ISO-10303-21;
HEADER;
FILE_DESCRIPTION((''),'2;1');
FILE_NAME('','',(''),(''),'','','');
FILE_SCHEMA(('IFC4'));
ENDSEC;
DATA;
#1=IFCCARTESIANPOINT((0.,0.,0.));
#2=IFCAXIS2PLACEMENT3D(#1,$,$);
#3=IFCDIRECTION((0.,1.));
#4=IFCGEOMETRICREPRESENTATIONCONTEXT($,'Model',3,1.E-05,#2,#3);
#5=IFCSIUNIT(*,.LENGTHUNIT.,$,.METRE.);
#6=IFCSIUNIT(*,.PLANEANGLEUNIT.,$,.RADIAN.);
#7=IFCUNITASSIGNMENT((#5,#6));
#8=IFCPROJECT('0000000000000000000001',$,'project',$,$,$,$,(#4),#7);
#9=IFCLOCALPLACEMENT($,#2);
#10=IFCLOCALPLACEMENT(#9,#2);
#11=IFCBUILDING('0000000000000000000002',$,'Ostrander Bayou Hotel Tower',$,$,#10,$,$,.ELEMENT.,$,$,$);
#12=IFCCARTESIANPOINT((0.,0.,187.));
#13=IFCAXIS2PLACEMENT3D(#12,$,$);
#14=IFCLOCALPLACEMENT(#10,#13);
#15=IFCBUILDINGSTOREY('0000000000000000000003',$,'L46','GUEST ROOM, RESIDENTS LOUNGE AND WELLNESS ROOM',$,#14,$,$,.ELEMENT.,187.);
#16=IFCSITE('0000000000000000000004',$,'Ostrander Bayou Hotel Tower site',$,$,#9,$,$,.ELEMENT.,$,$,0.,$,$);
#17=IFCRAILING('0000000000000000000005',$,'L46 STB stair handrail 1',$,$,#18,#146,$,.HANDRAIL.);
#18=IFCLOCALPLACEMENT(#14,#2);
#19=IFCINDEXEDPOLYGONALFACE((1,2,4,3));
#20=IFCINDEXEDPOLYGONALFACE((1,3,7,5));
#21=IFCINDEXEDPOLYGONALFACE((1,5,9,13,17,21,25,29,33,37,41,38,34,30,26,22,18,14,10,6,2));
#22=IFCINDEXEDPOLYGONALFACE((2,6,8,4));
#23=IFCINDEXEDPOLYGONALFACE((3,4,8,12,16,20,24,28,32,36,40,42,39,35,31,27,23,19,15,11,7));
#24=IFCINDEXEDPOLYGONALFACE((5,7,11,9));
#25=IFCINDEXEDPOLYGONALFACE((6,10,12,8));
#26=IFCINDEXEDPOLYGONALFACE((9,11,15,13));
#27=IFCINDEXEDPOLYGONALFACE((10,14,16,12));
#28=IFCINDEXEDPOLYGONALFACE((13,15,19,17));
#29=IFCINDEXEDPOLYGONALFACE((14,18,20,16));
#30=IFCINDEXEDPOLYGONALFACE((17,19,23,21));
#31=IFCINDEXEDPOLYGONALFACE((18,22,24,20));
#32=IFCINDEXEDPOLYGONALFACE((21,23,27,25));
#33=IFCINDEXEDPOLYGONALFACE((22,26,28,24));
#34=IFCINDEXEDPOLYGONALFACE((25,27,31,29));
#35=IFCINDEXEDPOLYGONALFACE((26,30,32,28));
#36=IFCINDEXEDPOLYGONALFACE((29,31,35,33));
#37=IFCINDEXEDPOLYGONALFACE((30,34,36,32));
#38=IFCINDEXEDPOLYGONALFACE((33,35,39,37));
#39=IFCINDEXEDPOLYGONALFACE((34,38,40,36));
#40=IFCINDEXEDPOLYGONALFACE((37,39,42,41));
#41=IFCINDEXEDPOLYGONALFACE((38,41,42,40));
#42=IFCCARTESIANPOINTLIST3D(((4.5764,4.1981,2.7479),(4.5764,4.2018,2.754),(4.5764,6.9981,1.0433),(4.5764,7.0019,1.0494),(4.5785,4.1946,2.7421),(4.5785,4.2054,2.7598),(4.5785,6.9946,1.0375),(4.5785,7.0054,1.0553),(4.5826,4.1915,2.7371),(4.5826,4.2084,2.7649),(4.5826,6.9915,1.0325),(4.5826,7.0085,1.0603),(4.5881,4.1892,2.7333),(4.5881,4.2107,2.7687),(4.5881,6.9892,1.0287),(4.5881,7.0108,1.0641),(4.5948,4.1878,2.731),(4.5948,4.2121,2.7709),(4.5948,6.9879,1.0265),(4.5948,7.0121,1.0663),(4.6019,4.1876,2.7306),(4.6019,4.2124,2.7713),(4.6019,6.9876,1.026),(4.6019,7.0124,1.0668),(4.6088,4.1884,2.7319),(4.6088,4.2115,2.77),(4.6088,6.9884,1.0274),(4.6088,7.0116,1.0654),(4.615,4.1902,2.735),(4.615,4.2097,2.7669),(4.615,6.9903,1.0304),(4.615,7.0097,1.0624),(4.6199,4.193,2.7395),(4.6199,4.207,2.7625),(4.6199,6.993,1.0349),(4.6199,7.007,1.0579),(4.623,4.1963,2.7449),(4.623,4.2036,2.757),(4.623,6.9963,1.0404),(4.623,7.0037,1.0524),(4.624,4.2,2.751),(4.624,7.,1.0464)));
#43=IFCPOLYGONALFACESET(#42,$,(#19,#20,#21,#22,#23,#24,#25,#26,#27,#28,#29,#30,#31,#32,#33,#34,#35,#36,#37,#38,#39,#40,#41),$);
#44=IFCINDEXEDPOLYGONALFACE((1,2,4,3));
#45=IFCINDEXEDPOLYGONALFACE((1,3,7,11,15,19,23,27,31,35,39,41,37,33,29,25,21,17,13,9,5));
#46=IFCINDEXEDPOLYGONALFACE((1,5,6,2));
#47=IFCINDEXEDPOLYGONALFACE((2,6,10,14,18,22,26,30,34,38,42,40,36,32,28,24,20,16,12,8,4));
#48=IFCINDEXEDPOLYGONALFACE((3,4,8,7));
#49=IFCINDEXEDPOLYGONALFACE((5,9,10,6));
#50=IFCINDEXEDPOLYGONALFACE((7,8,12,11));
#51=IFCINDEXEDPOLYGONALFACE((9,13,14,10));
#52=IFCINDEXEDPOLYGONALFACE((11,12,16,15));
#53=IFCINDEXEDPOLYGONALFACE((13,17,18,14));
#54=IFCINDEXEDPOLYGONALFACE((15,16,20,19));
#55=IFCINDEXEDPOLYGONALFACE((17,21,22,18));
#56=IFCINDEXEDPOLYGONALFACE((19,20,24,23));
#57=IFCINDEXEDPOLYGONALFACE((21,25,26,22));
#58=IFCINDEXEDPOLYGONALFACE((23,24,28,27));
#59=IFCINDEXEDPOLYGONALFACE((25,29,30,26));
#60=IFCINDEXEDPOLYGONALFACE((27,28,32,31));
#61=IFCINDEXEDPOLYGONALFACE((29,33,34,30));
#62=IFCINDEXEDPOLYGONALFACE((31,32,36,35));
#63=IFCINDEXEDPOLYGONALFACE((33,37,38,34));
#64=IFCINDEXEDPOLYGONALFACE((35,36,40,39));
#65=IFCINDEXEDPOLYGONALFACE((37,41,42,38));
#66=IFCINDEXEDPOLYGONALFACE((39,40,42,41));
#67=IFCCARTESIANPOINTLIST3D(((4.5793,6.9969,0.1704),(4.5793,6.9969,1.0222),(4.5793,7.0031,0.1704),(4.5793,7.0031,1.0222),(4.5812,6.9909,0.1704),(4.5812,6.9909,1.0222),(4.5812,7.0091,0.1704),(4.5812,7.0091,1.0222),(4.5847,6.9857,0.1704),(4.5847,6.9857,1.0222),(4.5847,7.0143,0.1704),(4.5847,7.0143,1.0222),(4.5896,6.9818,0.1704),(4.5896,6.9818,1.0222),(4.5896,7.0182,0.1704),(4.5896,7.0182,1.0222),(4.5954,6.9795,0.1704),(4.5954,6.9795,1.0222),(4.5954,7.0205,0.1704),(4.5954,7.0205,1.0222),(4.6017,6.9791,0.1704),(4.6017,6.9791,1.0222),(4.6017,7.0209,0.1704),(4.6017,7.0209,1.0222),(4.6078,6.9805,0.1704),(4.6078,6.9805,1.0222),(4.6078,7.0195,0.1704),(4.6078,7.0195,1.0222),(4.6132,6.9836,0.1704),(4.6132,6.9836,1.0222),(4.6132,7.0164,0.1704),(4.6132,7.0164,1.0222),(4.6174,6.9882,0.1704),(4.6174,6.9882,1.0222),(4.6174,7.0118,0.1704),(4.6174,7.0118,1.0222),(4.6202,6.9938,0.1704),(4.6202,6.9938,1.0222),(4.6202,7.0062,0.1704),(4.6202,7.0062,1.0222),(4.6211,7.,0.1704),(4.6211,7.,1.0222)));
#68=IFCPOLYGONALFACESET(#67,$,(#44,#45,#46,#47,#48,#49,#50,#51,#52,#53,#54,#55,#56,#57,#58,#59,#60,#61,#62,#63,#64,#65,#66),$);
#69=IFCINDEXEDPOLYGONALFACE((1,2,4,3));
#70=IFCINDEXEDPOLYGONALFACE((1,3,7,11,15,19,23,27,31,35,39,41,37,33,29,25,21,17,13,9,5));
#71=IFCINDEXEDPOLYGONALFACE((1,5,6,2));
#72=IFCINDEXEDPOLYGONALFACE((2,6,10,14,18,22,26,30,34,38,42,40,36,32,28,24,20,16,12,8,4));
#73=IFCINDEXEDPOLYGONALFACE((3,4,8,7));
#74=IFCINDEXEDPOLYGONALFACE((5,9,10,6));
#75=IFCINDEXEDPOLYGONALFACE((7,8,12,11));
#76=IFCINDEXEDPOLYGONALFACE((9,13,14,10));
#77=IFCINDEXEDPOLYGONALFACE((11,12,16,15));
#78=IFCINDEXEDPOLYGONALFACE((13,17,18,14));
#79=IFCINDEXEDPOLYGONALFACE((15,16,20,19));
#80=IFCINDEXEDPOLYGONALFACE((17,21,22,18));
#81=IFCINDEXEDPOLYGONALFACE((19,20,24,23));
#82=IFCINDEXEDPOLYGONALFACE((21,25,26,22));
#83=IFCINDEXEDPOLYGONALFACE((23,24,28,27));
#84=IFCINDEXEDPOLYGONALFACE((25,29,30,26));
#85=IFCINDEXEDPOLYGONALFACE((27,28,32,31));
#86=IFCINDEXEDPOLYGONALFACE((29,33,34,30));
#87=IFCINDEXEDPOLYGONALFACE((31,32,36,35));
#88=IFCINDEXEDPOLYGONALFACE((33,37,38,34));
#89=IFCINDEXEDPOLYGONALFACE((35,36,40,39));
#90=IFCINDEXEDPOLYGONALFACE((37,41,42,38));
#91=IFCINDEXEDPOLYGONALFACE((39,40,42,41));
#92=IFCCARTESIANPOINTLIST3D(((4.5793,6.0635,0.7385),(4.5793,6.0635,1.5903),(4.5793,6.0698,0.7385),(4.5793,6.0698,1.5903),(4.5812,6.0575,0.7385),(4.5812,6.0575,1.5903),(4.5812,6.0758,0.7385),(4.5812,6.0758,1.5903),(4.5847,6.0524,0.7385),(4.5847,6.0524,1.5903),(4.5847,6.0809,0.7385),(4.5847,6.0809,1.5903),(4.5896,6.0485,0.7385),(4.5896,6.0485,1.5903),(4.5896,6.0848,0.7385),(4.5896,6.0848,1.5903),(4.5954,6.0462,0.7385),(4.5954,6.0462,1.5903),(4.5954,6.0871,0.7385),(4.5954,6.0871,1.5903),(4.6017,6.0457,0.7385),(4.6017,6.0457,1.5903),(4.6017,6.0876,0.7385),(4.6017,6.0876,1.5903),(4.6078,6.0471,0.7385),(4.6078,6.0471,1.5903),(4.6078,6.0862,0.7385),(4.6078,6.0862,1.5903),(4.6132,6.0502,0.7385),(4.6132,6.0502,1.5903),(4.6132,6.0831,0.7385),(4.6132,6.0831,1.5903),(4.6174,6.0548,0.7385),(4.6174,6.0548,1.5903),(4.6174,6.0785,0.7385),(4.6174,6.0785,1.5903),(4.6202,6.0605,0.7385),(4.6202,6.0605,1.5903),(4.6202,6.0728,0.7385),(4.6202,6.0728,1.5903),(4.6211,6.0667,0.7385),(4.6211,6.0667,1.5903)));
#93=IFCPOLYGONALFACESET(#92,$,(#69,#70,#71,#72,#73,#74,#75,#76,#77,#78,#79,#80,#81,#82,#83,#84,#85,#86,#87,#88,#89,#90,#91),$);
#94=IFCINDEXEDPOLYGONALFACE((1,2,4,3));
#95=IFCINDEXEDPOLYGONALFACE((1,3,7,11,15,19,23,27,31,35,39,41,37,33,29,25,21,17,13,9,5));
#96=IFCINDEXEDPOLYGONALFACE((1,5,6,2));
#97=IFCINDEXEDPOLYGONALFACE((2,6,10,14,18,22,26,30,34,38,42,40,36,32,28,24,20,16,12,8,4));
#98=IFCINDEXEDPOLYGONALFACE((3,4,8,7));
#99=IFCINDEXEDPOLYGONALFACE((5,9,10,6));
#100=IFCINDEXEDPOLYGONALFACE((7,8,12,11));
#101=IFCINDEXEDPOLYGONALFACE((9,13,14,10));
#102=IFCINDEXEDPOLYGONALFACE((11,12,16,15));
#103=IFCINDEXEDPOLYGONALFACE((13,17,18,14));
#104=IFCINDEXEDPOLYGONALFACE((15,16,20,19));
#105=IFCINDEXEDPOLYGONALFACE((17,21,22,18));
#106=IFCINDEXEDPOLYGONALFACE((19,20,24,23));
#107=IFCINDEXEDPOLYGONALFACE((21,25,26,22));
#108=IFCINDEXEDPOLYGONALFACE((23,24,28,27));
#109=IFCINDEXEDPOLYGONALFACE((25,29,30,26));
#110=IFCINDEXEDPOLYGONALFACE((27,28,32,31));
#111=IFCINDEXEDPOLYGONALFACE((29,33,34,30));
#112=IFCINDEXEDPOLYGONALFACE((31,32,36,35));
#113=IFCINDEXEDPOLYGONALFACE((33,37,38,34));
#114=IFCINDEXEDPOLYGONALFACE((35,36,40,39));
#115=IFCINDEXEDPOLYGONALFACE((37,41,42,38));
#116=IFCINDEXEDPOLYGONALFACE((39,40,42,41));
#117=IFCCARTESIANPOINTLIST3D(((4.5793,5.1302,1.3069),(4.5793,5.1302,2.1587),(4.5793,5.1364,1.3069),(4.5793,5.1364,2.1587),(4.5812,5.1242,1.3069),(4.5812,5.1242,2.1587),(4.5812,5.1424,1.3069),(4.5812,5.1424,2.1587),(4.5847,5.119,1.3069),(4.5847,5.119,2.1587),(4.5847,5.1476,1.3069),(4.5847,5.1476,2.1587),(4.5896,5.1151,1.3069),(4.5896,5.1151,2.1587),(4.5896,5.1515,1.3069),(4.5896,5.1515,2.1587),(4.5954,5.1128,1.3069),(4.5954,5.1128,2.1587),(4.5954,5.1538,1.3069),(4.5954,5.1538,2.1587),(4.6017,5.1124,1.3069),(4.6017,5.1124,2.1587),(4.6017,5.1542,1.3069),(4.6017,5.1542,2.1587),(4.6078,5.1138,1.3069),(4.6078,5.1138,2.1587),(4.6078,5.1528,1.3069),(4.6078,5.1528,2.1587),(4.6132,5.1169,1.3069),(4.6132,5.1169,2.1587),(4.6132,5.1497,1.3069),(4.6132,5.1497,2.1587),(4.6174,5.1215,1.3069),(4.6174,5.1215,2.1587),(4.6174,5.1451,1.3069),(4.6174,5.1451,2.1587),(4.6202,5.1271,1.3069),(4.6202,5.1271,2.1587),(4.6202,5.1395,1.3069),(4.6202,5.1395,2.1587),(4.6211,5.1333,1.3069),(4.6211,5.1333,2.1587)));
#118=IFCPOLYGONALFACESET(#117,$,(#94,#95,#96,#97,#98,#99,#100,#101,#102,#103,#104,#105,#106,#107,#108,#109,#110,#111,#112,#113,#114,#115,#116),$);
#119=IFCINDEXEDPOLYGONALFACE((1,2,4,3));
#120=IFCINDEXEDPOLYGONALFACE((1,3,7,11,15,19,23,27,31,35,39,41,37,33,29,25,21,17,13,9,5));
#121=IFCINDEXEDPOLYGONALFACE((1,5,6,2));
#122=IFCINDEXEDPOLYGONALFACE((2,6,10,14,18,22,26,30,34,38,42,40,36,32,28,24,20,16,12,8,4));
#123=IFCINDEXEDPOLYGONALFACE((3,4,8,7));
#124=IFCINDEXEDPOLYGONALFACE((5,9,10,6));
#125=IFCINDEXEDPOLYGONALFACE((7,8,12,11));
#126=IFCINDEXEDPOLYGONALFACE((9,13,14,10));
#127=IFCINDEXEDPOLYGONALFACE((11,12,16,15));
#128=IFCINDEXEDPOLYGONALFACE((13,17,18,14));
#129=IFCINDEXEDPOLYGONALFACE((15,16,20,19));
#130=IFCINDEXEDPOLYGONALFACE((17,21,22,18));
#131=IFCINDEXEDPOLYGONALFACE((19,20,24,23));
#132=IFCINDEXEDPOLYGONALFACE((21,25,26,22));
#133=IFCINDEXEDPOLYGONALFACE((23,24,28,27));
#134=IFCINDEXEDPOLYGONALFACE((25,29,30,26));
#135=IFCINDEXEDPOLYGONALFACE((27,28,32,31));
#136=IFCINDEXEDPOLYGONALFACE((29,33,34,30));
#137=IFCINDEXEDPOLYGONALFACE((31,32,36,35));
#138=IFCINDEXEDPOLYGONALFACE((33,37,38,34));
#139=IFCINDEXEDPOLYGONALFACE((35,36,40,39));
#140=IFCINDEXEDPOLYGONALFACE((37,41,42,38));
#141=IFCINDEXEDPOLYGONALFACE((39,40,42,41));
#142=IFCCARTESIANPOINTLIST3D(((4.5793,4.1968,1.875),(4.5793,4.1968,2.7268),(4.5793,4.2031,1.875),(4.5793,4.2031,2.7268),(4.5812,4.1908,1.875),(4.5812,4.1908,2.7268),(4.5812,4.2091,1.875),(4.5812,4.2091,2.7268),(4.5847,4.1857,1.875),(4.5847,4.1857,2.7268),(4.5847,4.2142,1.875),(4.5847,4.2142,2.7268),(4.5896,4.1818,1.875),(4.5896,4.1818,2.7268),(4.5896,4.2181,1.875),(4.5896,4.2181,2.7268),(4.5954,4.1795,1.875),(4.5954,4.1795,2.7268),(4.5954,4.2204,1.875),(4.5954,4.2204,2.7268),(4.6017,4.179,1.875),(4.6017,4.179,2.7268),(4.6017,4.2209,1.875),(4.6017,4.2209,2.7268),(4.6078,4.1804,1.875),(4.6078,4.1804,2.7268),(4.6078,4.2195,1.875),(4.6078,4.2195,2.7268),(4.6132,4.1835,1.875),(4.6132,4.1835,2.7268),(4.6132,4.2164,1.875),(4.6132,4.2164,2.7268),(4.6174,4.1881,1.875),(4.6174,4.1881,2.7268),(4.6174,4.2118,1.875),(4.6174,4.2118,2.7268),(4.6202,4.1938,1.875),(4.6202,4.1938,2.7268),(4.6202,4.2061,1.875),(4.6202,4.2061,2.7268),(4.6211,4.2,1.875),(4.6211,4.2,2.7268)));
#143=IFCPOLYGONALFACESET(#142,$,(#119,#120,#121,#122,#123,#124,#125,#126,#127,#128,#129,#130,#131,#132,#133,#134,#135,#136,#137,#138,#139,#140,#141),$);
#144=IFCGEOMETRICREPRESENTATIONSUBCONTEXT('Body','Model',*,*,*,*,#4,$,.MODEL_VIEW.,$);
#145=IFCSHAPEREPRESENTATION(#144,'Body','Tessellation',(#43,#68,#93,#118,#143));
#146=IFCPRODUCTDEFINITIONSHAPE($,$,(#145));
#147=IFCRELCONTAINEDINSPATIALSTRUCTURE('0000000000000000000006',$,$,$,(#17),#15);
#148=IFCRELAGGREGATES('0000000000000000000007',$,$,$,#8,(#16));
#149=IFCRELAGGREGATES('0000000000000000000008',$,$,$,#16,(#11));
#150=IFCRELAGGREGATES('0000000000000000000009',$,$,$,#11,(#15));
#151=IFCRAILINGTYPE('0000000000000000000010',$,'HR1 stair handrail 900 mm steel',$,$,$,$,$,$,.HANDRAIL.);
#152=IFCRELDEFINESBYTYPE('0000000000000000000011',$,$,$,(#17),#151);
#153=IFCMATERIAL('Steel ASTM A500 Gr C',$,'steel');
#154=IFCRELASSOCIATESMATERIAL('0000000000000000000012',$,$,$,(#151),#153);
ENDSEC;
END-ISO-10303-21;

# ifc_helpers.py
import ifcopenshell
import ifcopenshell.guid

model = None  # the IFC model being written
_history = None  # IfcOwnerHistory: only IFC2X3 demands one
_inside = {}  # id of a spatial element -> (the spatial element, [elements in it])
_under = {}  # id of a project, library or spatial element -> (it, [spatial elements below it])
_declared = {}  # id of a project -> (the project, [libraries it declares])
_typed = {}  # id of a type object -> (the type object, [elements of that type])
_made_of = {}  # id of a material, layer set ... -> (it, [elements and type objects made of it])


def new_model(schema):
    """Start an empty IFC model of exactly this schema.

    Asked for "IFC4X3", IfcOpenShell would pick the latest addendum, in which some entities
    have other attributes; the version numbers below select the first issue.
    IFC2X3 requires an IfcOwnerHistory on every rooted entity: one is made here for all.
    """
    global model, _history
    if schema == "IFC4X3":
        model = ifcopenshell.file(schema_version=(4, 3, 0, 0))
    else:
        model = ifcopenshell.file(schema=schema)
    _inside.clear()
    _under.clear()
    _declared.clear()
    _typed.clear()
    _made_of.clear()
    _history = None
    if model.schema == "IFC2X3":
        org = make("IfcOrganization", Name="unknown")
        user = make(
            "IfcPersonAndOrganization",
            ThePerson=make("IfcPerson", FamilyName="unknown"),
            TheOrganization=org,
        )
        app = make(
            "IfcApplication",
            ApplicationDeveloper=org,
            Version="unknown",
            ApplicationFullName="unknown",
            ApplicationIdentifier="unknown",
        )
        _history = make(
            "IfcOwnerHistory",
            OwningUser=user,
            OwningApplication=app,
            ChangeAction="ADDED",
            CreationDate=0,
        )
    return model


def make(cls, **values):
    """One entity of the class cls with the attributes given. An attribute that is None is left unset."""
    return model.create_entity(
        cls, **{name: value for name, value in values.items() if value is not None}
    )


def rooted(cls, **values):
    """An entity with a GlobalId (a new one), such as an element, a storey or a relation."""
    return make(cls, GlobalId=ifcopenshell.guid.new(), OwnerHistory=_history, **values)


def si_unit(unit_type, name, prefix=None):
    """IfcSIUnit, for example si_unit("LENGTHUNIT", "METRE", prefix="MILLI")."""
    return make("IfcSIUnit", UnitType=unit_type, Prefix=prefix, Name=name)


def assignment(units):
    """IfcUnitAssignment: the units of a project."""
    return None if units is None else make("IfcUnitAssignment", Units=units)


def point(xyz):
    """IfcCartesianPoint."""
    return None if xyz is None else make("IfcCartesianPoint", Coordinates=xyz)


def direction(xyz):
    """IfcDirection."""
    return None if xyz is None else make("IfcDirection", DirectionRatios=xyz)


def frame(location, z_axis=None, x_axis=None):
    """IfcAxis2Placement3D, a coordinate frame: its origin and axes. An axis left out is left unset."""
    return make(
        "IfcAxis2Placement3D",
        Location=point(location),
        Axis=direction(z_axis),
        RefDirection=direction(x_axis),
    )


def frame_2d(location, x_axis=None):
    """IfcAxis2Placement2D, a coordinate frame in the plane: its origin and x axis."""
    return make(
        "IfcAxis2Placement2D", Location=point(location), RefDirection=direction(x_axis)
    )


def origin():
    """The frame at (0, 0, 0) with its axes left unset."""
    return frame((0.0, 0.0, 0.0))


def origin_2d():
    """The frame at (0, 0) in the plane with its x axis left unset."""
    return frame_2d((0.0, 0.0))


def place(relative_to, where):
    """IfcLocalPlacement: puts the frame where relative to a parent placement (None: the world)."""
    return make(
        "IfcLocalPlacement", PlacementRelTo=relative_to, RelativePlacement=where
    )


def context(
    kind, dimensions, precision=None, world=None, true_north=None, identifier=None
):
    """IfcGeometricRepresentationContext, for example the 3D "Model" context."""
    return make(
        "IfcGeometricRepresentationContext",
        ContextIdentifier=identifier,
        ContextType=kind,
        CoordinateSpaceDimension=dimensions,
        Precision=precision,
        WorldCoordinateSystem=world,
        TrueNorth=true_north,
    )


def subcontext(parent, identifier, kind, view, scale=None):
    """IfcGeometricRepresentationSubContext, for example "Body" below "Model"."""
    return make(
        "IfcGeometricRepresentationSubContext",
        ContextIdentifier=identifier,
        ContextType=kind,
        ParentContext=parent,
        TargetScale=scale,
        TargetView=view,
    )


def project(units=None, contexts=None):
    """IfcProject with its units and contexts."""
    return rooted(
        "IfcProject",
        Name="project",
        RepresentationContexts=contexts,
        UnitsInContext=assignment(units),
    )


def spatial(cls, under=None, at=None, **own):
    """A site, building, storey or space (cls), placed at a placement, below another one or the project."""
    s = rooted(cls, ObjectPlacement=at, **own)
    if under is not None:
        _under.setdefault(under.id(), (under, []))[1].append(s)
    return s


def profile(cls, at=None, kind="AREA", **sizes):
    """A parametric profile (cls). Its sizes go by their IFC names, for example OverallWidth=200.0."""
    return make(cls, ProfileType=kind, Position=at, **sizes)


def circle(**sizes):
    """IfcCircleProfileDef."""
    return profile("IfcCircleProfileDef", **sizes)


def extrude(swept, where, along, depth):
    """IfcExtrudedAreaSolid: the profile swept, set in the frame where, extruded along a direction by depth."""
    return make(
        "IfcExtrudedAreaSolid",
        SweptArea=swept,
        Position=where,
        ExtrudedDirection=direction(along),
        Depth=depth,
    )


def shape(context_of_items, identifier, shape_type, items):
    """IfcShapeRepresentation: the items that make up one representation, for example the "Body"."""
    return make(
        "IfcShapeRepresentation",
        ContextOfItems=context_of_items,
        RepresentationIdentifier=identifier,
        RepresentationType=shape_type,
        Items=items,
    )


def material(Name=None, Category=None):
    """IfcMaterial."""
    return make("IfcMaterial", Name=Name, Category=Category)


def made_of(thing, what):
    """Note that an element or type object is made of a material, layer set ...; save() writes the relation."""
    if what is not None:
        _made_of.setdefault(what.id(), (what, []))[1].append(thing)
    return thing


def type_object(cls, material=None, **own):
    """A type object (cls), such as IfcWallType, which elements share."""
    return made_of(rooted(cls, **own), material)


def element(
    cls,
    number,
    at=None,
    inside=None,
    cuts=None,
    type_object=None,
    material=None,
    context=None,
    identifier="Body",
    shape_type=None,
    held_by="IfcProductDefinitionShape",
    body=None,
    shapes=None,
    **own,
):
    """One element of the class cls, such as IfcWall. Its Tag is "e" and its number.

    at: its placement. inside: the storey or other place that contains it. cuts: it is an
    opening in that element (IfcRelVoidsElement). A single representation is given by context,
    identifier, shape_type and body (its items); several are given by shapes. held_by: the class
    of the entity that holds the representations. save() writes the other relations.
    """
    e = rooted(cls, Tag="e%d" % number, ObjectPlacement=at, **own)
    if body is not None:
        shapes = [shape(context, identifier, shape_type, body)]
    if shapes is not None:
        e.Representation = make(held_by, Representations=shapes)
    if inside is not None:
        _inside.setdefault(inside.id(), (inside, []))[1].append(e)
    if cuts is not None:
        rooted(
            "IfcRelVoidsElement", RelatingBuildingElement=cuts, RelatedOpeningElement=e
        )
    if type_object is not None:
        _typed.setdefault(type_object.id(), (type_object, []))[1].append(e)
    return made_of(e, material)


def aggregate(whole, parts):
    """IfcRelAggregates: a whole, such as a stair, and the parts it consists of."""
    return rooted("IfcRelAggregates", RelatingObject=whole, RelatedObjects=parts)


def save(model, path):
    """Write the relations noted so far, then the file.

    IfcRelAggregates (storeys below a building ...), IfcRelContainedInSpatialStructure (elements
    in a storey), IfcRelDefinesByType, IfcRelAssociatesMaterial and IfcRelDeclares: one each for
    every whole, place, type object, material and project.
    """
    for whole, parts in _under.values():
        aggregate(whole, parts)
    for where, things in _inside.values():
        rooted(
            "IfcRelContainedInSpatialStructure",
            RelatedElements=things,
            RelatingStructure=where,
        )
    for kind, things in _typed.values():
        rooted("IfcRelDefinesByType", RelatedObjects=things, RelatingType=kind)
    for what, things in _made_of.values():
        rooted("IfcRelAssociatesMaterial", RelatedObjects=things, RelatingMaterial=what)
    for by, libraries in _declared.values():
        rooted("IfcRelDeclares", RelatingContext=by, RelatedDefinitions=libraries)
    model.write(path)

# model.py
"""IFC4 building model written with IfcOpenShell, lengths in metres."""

from ifc_helpers import new_model, si_unit, direction, frame, origin, origin_2d, place, context, subcontext, project, spatial, circle, extrude, material, type_object, element, save


model = new_model("IFC4")

# Units and contexts
model_context = context("Model", 3, precision=1e-05, world=origin(), true_north=direction((0.0, 1.0)))
body_context = subcontext(model_context, "Body", "Model", "MODEL_VIEW")
ifc_project = project(units=[si_unit("LENGTHUNIT", "METRE"), si_unit("PLANEANGLEUNIT", "RADIAN")], contexts=[model_context])

# Site, building, storey
site_placement = place(None, origin())
site = spatial("IfcSite", under=ifc_project, at=site_placement, Name="Ostrander Bayou Hotel Tower site", CompositionType="ELEMENT", RefElevation=0.0)
building_placement = place(site_placement, origin())
building = spatial("IfcBuilding", under=site, at=building_placement, Name="Ostrander Bayou Hotel Tower", CompositionType="ELEMENT")
storey_placement = place(building_placement, frame((0.0, 0.0, 187.0)))
storey = spatial("IfcBuildingStorey", under=building, at=storey_placement, Name="L46", Description="GUEST ROOM, RESIDENTS LOUNGE AND WELLNESS ROOM", CompositionType="ELEMENT", Elevation=187.0)

# Railing
ifc_material_1 = material(Name="Steel ASTM A500 Gr C", Category="steel")
railing_type_1 = type_object("IfcRailingType", Name="HR1 stair handrail 900 mm steel", PredefinedType="HANDRAIL", material=ifc_material_1)
railing_1_placement = place(storey_placement, frame((4.6001, 7.0, 0.1704)))
element("IfcRailing", 1, at=railing_1_placement, inside=storey, type_object=railing_type_1, Name="L46 STB stair handrail 1", PredefinedType="HANDRAIL", context=body_context, shape_type="SweptSolid", body=[
    extrude(circle(Radius=0.0239, at=origin_2d()), frame((0.0, 0.0, 0.876), z_axis=(0.0, -0.85417, 0.519994), x_axis=(1.0, 0.0, 0.0)), (0.0, 0.0, 1.0), 3.2781),
    extrude(circle(Radius=0.021, at=origin_2d()), origin(), (0.0, 0.0, 1.0), 0.8518),
    extrude(circle(Radius=0.021, at=origin_2d()), frame((0.0, -0.9333, 0.5681)), (0.0, 0.0, 1.0), 0.8518),
    extrude(circle(Radius=0.021, at=origin_2d()), frame((0.0, -1.8667, 1.1365)), (0.0, 0.0, 1.0), 0.8518),
    extrude(circle(Radius=0.021, at=origin_2d()), frame((0.0, -2.8, 1.7046)), (0.0, 0.0, 1.0), 0.8518),
])

save(model, "model.ifc")
